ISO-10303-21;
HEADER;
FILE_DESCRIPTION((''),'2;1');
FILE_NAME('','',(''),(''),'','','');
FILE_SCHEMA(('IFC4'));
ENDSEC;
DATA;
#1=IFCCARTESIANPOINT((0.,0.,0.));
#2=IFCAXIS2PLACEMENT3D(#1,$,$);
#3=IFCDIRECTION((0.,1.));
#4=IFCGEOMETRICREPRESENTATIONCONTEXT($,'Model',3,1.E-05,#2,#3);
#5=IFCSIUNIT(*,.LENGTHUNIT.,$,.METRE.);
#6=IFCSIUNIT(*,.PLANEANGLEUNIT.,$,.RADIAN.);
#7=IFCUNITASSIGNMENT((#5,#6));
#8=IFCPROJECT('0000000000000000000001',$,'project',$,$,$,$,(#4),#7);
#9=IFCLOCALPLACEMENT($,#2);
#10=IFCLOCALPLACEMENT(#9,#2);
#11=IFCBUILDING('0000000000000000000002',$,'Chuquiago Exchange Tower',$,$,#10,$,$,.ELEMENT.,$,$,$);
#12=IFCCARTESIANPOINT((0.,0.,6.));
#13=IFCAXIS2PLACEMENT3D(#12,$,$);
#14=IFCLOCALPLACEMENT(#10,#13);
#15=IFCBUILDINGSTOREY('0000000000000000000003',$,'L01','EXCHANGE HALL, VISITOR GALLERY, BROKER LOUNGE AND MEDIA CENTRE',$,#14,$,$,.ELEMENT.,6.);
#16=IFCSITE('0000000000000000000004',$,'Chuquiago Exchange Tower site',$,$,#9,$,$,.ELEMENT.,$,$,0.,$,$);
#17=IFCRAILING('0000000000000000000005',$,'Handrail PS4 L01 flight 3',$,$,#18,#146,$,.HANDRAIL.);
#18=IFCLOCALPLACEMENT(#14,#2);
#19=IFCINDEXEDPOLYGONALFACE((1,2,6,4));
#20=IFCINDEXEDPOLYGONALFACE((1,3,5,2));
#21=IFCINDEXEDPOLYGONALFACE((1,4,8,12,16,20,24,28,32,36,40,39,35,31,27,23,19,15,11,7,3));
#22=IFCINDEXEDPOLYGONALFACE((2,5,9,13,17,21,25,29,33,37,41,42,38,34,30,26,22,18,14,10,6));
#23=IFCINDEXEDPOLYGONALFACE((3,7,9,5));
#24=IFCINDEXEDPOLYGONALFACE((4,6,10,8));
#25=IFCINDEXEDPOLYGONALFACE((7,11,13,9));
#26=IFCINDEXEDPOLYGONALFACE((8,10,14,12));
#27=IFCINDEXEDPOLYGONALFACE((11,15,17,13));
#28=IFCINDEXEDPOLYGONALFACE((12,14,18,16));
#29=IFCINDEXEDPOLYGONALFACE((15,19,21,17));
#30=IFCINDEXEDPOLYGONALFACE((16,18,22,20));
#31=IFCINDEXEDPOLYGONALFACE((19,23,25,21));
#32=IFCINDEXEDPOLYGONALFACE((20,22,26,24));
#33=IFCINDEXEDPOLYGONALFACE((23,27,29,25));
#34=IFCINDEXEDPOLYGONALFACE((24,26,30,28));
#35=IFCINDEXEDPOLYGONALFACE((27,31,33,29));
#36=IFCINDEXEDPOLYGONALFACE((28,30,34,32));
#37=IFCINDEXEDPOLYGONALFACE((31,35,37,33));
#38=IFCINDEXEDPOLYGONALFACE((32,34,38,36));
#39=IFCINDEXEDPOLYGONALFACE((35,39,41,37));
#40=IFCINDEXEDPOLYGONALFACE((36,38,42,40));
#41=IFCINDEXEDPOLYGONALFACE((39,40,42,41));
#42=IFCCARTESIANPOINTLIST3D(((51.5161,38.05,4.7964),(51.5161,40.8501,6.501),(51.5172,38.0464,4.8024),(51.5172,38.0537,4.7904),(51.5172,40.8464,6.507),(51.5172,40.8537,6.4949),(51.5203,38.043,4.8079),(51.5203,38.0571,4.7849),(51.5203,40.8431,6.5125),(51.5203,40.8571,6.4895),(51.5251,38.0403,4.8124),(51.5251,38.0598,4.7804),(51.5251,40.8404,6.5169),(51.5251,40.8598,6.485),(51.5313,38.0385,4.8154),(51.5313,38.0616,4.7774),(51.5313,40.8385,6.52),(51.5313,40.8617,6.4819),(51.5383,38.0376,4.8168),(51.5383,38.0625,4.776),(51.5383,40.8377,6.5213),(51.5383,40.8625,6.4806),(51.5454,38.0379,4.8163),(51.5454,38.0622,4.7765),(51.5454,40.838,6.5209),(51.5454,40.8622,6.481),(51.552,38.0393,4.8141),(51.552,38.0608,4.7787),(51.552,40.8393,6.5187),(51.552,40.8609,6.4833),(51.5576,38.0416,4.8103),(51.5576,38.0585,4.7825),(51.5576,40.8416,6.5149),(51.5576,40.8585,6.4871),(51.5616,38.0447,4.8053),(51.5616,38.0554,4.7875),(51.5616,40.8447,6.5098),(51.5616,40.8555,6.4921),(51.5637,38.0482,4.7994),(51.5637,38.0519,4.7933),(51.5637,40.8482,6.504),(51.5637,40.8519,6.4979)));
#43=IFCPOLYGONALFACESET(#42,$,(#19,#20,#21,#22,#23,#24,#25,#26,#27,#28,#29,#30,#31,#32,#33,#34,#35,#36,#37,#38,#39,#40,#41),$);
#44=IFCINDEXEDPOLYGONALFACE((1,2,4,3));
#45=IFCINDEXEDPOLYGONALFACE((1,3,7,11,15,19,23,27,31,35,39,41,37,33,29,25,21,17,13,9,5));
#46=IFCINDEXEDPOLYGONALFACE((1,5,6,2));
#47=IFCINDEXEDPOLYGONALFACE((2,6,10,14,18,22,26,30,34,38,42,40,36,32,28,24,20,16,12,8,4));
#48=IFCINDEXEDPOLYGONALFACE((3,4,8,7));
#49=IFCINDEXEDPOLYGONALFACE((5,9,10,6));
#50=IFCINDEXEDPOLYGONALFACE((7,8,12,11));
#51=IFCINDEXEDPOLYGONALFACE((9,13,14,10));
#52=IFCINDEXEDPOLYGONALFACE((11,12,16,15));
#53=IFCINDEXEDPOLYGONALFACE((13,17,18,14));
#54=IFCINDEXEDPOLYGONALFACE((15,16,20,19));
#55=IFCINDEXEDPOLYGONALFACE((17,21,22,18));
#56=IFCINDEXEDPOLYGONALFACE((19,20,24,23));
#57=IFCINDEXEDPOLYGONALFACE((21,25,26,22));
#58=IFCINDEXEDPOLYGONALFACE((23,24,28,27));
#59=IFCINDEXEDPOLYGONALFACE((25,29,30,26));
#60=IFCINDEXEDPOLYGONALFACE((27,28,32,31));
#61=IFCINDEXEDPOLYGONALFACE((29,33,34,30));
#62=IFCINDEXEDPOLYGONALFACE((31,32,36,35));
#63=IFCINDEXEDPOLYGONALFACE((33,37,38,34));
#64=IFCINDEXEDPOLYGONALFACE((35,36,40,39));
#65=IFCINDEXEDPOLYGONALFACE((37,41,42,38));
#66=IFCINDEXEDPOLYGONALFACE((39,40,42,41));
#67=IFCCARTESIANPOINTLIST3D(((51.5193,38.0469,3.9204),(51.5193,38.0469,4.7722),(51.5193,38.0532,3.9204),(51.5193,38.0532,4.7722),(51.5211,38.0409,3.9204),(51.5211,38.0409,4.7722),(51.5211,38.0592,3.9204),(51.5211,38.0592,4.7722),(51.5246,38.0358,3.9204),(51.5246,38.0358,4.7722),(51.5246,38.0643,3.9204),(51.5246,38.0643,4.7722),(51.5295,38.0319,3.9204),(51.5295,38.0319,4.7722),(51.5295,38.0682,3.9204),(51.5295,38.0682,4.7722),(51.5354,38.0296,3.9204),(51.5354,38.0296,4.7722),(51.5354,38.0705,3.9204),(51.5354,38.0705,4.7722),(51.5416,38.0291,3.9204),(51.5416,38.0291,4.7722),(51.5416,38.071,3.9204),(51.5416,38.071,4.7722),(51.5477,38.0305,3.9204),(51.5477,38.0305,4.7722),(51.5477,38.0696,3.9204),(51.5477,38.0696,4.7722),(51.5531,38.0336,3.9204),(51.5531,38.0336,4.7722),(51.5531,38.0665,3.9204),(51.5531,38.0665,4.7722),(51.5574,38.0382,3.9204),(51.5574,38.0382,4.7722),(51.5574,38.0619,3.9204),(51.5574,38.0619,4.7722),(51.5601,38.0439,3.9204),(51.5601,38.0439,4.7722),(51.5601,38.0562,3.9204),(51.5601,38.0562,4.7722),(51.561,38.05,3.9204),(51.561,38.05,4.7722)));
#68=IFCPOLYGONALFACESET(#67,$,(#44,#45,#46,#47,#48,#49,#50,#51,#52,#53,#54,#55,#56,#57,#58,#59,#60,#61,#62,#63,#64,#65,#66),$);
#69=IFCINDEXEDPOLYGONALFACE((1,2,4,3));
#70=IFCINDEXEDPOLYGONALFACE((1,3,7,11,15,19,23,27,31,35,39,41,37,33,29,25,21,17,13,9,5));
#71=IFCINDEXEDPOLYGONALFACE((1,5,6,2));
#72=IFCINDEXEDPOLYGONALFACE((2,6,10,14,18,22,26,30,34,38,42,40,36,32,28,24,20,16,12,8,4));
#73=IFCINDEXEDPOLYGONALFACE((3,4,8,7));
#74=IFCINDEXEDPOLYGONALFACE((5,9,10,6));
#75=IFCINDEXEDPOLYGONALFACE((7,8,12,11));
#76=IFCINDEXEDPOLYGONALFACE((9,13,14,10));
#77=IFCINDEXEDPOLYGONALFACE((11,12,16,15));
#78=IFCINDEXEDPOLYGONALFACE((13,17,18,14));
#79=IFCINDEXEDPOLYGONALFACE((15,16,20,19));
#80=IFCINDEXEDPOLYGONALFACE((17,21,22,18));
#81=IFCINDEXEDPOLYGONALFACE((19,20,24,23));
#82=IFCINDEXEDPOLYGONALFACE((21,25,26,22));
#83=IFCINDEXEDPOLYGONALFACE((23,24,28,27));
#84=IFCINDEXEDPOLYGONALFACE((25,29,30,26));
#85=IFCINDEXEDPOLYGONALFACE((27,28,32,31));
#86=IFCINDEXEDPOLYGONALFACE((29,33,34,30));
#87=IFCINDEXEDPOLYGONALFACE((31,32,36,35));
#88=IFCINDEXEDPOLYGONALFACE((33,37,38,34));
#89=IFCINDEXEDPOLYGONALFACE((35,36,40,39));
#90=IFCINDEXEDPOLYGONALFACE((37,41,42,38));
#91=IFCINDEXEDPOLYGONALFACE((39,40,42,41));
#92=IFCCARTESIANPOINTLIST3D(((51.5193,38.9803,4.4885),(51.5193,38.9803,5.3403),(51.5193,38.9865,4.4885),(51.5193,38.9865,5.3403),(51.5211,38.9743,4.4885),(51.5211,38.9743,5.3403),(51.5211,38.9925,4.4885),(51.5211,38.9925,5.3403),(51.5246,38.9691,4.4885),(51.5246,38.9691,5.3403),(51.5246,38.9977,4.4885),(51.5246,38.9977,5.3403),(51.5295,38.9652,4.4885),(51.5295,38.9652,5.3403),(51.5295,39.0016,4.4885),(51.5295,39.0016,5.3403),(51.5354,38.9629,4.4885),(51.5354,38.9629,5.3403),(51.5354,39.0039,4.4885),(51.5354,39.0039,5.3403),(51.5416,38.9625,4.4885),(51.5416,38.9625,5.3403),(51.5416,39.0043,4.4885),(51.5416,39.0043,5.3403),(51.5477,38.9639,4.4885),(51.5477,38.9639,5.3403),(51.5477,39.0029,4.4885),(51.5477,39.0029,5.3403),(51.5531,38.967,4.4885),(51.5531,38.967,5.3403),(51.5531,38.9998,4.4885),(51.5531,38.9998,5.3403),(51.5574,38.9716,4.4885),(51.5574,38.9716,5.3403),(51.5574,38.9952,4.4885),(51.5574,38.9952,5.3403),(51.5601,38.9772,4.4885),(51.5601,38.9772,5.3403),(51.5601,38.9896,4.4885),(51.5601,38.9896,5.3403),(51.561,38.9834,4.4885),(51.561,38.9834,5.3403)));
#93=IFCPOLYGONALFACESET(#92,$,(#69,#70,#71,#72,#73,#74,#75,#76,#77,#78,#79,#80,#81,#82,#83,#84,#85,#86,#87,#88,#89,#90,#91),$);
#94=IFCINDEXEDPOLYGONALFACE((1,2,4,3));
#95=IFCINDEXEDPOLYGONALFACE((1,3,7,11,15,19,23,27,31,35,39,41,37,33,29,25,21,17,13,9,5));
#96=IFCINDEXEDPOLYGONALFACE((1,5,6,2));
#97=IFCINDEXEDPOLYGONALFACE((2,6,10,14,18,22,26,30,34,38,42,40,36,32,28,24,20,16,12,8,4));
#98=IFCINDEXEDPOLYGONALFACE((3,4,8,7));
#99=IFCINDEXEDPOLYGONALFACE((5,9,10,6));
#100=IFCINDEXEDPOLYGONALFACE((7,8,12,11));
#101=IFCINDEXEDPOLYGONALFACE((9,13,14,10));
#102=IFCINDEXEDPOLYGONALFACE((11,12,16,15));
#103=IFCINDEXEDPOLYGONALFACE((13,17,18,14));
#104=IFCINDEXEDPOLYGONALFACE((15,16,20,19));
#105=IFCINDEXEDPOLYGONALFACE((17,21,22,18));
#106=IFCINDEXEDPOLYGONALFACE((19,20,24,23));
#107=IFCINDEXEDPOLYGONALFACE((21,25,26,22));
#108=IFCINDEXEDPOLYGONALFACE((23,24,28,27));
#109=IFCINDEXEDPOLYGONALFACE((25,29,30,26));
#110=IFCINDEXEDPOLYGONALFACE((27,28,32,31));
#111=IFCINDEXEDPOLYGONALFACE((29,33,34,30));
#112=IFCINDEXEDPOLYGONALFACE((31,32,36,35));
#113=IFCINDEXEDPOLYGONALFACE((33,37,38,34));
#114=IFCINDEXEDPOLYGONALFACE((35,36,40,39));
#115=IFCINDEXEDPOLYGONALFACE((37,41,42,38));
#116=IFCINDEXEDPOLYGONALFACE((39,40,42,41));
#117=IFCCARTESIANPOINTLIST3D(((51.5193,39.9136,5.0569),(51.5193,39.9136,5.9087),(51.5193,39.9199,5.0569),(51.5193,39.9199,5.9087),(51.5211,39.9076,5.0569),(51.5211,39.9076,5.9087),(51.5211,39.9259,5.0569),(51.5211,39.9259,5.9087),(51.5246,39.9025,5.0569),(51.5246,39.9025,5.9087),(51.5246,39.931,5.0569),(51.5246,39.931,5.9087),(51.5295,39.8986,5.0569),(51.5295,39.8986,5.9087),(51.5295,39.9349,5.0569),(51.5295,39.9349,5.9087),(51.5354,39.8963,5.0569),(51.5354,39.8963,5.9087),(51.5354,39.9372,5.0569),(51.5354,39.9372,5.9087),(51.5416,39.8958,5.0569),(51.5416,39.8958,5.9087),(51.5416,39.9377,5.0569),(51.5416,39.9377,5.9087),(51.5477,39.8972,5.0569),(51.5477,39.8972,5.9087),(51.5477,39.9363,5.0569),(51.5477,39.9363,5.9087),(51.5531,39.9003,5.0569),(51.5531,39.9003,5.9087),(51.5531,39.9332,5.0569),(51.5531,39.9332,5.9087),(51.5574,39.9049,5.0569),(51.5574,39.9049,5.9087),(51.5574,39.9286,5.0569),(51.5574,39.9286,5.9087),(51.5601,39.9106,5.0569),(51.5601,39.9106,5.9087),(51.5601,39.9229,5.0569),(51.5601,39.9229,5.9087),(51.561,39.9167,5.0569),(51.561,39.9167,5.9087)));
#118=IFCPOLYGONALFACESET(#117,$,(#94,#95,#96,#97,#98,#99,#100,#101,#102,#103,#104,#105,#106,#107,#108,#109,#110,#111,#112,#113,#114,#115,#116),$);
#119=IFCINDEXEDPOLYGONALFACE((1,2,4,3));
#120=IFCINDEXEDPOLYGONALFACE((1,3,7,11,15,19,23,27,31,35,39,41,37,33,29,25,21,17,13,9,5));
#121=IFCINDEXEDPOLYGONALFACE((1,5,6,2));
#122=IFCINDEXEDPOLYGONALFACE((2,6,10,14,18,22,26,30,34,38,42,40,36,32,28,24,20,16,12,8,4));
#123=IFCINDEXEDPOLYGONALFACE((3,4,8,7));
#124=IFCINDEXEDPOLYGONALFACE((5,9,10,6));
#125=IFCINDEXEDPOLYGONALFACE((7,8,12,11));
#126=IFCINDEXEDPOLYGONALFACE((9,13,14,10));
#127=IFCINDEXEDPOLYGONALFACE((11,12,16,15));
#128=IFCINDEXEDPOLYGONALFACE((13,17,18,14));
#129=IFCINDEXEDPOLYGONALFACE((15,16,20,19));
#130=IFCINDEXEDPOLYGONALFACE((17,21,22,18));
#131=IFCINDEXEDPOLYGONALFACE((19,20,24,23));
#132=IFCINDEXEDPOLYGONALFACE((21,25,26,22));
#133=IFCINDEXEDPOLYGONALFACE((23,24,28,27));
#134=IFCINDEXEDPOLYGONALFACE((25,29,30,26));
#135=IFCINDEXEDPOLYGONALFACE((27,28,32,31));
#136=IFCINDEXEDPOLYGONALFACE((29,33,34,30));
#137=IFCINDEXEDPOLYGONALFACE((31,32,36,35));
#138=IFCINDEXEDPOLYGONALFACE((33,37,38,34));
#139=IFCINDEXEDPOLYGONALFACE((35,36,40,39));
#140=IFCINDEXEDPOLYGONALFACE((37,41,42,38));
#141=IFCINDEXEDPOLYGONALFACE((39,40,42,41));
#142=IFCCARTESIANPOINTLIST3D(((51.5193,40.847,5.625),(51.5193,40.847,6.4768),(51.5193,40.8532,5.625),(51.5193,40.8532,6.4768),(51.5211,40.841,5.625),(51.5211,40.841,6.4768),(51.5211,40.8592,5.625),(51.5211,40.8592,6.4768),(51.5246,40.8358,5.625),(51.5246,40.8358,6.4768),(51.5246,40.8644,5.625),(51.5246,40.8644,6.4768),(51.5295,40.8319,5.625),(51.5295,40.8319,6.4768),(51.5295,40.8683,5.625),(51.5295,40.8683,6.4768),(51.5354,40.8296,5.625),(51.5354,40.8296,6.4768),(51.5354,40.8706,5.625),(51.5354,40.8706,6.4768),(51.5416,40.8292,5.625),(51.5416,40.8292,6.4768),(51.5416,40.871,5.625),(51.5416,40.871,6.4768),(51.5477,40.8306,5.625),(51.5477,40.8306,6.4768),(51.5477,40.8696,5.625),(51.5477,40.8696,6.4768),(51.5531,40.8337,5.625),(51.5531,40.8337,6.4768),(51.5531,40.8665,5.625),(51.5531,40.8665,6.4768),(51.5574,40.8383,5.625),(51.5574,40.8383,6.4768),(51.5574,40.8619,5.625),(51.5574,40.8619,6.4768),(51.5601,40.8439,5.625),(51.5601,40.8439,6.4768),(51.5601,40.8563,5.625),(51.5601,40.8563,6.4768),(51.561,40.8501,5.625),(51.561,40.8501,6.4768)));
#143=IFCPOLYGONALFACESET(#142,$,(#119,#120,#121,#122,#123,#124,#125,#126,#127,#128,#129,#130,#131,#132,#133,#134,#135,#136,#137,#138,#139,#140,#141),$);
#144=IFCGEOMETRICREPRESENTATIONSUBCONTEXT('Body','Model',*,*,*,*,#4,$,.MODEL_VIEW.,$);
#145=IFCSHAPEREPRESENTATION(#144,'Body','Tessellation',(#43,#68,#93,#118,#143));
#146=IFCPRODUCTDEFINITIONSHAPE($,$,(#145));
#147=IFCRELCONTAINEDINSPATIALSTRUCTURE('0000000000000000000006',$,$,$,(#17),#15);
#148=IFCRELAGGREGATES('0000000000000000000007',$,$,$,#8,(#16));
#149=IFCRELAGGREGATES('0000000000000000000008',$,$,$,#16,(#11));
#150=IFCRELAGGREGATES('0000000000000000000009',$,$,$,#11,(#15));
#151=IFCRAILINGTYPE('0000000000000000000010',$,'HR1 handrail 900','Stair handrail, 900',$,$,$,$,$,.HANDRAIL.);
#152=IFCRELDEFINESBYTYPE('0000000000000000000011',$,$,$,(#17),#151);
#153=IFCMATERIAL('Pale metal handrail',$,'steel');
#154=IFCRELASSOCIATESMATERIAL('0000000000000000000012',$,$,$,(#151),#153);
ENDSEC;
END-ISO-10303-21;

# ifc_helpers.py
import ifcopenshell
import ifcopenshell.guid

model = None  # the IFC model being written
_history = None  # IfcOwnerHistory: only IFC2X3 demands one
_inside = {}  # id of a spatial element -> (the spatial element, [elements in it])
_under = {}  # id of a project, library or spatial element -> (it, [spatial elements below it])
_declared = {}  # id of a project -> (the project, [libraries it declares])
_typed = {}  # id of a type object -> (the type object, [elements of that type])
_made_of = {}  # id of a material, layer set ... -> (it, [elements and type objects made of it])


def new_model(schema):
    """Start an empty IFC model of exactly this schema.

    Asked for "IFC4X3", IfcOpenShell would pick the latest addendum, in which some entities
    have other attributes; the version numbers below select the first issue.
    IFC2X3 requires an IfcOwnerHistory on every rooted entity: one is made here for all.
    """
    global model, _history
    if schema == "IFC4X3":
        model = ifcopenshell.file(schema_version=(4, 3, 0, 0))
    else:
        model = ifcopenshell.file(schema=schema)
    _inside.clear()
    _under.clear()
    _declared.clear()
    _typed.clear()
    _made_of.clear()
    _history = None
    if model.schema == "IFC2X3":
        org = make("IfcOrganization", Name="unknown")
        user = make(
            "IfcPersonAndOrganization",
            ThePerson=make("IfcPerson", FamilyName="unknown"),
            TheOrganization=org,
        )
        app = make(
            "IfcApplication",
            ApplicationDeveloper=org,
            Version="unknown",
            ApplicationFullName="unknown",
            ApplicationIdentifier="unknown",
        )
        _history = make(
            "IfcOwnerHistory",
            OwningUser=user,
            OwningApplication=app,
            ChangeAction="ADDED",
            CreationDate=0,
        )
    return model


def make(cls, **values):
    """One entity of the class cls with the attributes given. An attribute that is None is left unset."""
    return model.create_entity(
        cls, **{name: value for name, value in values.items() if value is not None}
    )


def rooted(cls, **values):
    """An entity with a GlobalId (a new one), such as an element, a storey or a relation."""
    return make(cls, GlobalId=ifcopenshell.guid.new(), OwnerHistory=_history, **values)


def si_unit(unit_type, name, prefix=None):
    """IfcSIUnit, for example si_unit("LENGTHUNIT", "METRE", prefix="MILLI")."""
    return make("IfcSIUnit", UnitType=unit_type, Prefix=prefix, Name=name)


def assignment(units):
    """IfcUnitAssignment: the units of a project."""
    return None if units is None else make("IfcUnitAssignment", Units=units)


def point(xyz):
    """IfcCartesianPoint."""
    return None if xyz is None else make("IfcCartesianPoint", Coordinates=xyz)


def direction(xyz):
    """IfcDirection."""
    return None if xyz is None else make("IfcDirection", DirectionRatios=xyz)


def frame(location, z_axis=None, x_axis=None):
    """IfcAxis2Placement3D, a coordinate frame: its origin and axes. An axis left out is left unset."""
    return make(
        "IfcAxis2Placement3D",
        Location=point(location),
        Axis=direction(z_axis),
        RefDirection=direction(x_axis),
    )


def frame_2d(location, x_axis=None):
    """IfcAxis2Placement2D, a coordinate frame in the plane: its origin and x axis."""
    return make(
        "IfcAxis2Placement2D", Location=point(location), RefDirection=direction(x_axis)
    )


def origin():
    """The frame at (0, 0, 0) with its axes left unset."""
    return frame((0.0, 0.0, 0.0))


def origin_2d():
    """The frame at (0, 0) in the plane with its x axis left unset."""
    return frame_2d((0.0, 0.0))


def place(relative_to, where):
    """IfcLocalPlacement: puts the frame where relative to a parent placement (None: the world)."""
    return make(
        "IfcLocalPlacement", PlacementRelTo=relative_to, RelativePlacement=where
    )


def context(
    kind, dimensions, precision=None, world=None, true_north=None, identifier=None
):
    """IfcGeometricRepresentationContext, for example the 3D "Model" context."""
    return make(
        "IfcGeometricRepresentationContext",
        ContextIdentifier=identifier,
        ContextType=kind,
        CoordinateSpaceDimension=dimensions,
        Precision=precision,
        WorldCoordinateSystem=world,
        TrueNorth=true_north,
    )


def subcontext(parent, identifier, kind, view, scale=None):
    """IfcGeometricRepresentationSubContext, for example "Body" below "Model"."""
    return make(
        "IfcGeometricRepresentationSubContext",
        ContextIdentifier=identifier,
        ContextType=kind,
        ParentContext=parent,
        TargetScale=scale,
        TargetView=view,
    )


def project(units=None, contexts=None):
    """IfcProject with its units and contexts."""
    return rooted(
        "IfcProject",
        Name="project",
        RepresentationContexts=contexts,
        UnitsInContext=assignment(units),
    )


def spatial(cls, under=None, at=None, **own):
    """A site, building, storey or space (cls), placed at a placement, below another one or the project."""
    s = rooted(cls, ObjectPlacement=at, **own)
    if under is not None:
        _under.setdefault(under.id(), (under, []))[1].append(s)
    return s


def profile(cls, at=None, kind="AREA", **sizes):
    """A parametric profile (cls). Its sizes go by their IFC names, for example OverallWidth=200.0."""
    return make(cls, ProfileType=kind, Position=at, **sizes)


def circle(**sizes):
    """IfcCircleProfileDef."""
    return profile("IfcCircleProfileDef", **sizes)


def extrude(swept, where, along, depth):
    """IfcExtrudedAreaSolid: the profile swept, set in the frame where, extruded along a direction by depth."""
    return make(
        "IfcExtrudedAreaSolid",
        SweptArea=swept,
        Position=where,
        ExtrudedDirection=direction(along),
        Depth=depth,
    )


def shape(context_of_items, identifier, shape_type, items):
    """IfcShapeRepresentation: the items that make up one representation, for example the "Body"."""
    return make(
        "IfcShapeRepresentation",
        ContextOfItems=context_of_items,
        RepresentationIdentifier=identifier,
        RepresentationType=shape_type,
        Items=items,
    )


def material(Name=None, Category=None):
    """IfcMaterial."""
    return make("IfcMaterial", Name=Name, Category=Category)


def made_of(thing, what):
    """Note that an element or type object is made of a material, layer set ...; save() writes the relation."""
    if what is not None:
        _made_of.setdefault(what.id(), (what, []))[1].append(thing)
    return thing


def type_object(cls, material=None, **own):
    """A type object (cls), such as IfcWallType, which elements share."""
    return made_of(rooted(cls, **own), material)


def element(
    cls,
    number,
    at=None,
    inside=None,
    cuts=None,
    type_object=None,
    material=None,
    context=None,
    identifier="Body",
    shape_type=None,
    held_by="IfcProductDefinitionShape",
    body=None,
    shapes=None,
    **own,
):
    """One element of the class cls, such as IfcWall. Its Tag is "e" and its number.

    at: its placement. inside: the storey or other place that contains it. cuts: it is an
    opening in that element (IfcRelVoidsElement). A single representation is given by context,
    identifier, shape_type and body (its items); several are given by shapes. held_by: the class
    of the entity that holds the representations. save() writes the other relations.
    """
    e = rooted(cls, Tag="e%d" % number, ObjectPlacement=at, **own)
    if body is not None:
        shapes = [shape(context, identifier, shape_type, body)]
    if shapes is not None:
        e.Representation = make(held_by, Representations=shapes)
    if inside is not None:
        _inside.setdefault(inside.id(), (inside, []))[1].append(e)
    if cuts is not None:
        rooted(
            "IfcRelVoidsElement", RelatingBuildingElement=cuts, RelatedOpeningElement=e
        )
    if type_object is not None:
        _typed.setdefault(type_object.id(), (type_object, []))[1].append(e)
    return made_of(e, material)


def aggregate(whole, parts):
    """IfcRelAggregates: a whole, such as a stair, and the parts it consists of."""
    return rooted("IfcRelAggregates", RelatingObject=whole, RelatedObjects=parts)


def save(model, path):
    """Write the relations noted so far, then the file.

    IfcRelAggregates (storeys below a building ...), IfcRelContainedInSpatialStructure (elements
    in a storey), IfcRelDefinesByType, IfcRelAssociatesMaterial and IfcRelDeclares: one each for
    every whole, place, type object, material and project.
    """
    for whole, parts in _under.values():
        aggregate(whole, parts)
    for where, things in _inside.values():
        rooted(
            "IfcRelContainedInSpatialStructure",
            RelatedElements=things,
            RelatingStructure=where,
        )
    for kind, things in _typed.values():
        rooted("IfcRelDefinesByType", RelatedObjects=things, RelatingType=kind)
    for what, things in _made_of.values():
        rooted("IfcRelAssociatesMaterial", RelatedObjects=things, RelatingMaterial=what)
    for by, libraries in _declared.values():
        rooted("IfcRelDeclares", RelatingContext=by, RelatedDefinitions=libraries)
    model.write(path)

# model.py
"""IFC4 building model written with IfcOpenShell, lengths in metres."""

from ifc_helpers import new_model, si_unit, direction, frame, origin, origin_2d, place, context, subcontext, project, spatial, circle, extrude, material, type_object, element, save


model = new_model("IFC4")

# Units and contexts
model_context = context("Model", 3, precision=1e-05, world=origin(), true_north=direction((0.0, 1.0)))
body_context = subcontext(model_context, "Body", "Model", "MODEL_VIEW")
ifc_project = project(units=[si_unit("LENGTHUNIT", "METRE"), si_unit("PLANEANGLEUNIT", "RADIAN")], contexts=[model_context])

# Site, building, storey
site_placement = place(None, origin())
site = spatial("IfcSite", under=ifc_project, at=site_placement, Name="Chuquiago Exchange Tower site", CompositionType="ELEMENT", RefElevation=0.0)
building_placement = place(site_placement, origin())
building = spatial("IfcBuilding", under=site, at=building_placement, Name="Chuquiago Exchange Tower", CompositionType="ELEMENT")
storey_placement = place(building_placement, frame((0.0, 0.0, 6.0)))
storey = spatial("IfcBuildingStorey", under=building, at=storey_placement, Name="L01", Description="EXCHANGE HALL, VISITOR GALLERY, BROKER LOUNGE AND MEDIA CENTRE", CompositionType="ELEMENT", Elevation=6.0)

# Railing
ifc_material_1 = material(Name="Pale metal handrail", Category="steel")
railing_type = type_object("IfcRailingType", Name="HR1 handrail 900", Description="Stair handrail, 900", PredefinedType="HANDRAIL", material=ifc_material_1)
railing_1_placement = place(storey_placement, frame((51.54, 38.05, 3.9204)))
element("IfcRailing", 1, at=railing_1_placement, inside=storey, type_object=railing_type, Name="Handrail PS4 L01 flight 3", PredefinedType="HANDRAIL", context=body_context, shape_type="SweptSolid", body=[
    extrude(circle(Radius=0.0239, at=origin_2d()), frame((0.0, 0.0, 0.876), z_axis=(0.0, 0.85417, 0.519994), x_axis=(-1.0, 0.0, 0.0)), (0.0, 0.0, 1.0), 3.2781),
    extrude(circle(Radius=0.021, at=origin_2d()), origin(), (0.0, 0.0, 1.0), 0.8518),
    extrude(circle(Radius=0.021, at=origin_2d()), frame((0.0, 0.9333, 0.5681)), (0.0, 0.0, 1.0), 0.8518),
    extrude(circle(Radius=0.021, at=origin_2d()), frame((0.0, 1.8667, 1.1365)), (0.0, 0.0, 1.0), 0.8518),
    extrude(circle(Radius=0.021, at=origin_2d()), frame((0.0, 2.8, 1.7046)), (0.0, 0.0, 1.0), 0.8518),
])

save(model, "model.ifc")
